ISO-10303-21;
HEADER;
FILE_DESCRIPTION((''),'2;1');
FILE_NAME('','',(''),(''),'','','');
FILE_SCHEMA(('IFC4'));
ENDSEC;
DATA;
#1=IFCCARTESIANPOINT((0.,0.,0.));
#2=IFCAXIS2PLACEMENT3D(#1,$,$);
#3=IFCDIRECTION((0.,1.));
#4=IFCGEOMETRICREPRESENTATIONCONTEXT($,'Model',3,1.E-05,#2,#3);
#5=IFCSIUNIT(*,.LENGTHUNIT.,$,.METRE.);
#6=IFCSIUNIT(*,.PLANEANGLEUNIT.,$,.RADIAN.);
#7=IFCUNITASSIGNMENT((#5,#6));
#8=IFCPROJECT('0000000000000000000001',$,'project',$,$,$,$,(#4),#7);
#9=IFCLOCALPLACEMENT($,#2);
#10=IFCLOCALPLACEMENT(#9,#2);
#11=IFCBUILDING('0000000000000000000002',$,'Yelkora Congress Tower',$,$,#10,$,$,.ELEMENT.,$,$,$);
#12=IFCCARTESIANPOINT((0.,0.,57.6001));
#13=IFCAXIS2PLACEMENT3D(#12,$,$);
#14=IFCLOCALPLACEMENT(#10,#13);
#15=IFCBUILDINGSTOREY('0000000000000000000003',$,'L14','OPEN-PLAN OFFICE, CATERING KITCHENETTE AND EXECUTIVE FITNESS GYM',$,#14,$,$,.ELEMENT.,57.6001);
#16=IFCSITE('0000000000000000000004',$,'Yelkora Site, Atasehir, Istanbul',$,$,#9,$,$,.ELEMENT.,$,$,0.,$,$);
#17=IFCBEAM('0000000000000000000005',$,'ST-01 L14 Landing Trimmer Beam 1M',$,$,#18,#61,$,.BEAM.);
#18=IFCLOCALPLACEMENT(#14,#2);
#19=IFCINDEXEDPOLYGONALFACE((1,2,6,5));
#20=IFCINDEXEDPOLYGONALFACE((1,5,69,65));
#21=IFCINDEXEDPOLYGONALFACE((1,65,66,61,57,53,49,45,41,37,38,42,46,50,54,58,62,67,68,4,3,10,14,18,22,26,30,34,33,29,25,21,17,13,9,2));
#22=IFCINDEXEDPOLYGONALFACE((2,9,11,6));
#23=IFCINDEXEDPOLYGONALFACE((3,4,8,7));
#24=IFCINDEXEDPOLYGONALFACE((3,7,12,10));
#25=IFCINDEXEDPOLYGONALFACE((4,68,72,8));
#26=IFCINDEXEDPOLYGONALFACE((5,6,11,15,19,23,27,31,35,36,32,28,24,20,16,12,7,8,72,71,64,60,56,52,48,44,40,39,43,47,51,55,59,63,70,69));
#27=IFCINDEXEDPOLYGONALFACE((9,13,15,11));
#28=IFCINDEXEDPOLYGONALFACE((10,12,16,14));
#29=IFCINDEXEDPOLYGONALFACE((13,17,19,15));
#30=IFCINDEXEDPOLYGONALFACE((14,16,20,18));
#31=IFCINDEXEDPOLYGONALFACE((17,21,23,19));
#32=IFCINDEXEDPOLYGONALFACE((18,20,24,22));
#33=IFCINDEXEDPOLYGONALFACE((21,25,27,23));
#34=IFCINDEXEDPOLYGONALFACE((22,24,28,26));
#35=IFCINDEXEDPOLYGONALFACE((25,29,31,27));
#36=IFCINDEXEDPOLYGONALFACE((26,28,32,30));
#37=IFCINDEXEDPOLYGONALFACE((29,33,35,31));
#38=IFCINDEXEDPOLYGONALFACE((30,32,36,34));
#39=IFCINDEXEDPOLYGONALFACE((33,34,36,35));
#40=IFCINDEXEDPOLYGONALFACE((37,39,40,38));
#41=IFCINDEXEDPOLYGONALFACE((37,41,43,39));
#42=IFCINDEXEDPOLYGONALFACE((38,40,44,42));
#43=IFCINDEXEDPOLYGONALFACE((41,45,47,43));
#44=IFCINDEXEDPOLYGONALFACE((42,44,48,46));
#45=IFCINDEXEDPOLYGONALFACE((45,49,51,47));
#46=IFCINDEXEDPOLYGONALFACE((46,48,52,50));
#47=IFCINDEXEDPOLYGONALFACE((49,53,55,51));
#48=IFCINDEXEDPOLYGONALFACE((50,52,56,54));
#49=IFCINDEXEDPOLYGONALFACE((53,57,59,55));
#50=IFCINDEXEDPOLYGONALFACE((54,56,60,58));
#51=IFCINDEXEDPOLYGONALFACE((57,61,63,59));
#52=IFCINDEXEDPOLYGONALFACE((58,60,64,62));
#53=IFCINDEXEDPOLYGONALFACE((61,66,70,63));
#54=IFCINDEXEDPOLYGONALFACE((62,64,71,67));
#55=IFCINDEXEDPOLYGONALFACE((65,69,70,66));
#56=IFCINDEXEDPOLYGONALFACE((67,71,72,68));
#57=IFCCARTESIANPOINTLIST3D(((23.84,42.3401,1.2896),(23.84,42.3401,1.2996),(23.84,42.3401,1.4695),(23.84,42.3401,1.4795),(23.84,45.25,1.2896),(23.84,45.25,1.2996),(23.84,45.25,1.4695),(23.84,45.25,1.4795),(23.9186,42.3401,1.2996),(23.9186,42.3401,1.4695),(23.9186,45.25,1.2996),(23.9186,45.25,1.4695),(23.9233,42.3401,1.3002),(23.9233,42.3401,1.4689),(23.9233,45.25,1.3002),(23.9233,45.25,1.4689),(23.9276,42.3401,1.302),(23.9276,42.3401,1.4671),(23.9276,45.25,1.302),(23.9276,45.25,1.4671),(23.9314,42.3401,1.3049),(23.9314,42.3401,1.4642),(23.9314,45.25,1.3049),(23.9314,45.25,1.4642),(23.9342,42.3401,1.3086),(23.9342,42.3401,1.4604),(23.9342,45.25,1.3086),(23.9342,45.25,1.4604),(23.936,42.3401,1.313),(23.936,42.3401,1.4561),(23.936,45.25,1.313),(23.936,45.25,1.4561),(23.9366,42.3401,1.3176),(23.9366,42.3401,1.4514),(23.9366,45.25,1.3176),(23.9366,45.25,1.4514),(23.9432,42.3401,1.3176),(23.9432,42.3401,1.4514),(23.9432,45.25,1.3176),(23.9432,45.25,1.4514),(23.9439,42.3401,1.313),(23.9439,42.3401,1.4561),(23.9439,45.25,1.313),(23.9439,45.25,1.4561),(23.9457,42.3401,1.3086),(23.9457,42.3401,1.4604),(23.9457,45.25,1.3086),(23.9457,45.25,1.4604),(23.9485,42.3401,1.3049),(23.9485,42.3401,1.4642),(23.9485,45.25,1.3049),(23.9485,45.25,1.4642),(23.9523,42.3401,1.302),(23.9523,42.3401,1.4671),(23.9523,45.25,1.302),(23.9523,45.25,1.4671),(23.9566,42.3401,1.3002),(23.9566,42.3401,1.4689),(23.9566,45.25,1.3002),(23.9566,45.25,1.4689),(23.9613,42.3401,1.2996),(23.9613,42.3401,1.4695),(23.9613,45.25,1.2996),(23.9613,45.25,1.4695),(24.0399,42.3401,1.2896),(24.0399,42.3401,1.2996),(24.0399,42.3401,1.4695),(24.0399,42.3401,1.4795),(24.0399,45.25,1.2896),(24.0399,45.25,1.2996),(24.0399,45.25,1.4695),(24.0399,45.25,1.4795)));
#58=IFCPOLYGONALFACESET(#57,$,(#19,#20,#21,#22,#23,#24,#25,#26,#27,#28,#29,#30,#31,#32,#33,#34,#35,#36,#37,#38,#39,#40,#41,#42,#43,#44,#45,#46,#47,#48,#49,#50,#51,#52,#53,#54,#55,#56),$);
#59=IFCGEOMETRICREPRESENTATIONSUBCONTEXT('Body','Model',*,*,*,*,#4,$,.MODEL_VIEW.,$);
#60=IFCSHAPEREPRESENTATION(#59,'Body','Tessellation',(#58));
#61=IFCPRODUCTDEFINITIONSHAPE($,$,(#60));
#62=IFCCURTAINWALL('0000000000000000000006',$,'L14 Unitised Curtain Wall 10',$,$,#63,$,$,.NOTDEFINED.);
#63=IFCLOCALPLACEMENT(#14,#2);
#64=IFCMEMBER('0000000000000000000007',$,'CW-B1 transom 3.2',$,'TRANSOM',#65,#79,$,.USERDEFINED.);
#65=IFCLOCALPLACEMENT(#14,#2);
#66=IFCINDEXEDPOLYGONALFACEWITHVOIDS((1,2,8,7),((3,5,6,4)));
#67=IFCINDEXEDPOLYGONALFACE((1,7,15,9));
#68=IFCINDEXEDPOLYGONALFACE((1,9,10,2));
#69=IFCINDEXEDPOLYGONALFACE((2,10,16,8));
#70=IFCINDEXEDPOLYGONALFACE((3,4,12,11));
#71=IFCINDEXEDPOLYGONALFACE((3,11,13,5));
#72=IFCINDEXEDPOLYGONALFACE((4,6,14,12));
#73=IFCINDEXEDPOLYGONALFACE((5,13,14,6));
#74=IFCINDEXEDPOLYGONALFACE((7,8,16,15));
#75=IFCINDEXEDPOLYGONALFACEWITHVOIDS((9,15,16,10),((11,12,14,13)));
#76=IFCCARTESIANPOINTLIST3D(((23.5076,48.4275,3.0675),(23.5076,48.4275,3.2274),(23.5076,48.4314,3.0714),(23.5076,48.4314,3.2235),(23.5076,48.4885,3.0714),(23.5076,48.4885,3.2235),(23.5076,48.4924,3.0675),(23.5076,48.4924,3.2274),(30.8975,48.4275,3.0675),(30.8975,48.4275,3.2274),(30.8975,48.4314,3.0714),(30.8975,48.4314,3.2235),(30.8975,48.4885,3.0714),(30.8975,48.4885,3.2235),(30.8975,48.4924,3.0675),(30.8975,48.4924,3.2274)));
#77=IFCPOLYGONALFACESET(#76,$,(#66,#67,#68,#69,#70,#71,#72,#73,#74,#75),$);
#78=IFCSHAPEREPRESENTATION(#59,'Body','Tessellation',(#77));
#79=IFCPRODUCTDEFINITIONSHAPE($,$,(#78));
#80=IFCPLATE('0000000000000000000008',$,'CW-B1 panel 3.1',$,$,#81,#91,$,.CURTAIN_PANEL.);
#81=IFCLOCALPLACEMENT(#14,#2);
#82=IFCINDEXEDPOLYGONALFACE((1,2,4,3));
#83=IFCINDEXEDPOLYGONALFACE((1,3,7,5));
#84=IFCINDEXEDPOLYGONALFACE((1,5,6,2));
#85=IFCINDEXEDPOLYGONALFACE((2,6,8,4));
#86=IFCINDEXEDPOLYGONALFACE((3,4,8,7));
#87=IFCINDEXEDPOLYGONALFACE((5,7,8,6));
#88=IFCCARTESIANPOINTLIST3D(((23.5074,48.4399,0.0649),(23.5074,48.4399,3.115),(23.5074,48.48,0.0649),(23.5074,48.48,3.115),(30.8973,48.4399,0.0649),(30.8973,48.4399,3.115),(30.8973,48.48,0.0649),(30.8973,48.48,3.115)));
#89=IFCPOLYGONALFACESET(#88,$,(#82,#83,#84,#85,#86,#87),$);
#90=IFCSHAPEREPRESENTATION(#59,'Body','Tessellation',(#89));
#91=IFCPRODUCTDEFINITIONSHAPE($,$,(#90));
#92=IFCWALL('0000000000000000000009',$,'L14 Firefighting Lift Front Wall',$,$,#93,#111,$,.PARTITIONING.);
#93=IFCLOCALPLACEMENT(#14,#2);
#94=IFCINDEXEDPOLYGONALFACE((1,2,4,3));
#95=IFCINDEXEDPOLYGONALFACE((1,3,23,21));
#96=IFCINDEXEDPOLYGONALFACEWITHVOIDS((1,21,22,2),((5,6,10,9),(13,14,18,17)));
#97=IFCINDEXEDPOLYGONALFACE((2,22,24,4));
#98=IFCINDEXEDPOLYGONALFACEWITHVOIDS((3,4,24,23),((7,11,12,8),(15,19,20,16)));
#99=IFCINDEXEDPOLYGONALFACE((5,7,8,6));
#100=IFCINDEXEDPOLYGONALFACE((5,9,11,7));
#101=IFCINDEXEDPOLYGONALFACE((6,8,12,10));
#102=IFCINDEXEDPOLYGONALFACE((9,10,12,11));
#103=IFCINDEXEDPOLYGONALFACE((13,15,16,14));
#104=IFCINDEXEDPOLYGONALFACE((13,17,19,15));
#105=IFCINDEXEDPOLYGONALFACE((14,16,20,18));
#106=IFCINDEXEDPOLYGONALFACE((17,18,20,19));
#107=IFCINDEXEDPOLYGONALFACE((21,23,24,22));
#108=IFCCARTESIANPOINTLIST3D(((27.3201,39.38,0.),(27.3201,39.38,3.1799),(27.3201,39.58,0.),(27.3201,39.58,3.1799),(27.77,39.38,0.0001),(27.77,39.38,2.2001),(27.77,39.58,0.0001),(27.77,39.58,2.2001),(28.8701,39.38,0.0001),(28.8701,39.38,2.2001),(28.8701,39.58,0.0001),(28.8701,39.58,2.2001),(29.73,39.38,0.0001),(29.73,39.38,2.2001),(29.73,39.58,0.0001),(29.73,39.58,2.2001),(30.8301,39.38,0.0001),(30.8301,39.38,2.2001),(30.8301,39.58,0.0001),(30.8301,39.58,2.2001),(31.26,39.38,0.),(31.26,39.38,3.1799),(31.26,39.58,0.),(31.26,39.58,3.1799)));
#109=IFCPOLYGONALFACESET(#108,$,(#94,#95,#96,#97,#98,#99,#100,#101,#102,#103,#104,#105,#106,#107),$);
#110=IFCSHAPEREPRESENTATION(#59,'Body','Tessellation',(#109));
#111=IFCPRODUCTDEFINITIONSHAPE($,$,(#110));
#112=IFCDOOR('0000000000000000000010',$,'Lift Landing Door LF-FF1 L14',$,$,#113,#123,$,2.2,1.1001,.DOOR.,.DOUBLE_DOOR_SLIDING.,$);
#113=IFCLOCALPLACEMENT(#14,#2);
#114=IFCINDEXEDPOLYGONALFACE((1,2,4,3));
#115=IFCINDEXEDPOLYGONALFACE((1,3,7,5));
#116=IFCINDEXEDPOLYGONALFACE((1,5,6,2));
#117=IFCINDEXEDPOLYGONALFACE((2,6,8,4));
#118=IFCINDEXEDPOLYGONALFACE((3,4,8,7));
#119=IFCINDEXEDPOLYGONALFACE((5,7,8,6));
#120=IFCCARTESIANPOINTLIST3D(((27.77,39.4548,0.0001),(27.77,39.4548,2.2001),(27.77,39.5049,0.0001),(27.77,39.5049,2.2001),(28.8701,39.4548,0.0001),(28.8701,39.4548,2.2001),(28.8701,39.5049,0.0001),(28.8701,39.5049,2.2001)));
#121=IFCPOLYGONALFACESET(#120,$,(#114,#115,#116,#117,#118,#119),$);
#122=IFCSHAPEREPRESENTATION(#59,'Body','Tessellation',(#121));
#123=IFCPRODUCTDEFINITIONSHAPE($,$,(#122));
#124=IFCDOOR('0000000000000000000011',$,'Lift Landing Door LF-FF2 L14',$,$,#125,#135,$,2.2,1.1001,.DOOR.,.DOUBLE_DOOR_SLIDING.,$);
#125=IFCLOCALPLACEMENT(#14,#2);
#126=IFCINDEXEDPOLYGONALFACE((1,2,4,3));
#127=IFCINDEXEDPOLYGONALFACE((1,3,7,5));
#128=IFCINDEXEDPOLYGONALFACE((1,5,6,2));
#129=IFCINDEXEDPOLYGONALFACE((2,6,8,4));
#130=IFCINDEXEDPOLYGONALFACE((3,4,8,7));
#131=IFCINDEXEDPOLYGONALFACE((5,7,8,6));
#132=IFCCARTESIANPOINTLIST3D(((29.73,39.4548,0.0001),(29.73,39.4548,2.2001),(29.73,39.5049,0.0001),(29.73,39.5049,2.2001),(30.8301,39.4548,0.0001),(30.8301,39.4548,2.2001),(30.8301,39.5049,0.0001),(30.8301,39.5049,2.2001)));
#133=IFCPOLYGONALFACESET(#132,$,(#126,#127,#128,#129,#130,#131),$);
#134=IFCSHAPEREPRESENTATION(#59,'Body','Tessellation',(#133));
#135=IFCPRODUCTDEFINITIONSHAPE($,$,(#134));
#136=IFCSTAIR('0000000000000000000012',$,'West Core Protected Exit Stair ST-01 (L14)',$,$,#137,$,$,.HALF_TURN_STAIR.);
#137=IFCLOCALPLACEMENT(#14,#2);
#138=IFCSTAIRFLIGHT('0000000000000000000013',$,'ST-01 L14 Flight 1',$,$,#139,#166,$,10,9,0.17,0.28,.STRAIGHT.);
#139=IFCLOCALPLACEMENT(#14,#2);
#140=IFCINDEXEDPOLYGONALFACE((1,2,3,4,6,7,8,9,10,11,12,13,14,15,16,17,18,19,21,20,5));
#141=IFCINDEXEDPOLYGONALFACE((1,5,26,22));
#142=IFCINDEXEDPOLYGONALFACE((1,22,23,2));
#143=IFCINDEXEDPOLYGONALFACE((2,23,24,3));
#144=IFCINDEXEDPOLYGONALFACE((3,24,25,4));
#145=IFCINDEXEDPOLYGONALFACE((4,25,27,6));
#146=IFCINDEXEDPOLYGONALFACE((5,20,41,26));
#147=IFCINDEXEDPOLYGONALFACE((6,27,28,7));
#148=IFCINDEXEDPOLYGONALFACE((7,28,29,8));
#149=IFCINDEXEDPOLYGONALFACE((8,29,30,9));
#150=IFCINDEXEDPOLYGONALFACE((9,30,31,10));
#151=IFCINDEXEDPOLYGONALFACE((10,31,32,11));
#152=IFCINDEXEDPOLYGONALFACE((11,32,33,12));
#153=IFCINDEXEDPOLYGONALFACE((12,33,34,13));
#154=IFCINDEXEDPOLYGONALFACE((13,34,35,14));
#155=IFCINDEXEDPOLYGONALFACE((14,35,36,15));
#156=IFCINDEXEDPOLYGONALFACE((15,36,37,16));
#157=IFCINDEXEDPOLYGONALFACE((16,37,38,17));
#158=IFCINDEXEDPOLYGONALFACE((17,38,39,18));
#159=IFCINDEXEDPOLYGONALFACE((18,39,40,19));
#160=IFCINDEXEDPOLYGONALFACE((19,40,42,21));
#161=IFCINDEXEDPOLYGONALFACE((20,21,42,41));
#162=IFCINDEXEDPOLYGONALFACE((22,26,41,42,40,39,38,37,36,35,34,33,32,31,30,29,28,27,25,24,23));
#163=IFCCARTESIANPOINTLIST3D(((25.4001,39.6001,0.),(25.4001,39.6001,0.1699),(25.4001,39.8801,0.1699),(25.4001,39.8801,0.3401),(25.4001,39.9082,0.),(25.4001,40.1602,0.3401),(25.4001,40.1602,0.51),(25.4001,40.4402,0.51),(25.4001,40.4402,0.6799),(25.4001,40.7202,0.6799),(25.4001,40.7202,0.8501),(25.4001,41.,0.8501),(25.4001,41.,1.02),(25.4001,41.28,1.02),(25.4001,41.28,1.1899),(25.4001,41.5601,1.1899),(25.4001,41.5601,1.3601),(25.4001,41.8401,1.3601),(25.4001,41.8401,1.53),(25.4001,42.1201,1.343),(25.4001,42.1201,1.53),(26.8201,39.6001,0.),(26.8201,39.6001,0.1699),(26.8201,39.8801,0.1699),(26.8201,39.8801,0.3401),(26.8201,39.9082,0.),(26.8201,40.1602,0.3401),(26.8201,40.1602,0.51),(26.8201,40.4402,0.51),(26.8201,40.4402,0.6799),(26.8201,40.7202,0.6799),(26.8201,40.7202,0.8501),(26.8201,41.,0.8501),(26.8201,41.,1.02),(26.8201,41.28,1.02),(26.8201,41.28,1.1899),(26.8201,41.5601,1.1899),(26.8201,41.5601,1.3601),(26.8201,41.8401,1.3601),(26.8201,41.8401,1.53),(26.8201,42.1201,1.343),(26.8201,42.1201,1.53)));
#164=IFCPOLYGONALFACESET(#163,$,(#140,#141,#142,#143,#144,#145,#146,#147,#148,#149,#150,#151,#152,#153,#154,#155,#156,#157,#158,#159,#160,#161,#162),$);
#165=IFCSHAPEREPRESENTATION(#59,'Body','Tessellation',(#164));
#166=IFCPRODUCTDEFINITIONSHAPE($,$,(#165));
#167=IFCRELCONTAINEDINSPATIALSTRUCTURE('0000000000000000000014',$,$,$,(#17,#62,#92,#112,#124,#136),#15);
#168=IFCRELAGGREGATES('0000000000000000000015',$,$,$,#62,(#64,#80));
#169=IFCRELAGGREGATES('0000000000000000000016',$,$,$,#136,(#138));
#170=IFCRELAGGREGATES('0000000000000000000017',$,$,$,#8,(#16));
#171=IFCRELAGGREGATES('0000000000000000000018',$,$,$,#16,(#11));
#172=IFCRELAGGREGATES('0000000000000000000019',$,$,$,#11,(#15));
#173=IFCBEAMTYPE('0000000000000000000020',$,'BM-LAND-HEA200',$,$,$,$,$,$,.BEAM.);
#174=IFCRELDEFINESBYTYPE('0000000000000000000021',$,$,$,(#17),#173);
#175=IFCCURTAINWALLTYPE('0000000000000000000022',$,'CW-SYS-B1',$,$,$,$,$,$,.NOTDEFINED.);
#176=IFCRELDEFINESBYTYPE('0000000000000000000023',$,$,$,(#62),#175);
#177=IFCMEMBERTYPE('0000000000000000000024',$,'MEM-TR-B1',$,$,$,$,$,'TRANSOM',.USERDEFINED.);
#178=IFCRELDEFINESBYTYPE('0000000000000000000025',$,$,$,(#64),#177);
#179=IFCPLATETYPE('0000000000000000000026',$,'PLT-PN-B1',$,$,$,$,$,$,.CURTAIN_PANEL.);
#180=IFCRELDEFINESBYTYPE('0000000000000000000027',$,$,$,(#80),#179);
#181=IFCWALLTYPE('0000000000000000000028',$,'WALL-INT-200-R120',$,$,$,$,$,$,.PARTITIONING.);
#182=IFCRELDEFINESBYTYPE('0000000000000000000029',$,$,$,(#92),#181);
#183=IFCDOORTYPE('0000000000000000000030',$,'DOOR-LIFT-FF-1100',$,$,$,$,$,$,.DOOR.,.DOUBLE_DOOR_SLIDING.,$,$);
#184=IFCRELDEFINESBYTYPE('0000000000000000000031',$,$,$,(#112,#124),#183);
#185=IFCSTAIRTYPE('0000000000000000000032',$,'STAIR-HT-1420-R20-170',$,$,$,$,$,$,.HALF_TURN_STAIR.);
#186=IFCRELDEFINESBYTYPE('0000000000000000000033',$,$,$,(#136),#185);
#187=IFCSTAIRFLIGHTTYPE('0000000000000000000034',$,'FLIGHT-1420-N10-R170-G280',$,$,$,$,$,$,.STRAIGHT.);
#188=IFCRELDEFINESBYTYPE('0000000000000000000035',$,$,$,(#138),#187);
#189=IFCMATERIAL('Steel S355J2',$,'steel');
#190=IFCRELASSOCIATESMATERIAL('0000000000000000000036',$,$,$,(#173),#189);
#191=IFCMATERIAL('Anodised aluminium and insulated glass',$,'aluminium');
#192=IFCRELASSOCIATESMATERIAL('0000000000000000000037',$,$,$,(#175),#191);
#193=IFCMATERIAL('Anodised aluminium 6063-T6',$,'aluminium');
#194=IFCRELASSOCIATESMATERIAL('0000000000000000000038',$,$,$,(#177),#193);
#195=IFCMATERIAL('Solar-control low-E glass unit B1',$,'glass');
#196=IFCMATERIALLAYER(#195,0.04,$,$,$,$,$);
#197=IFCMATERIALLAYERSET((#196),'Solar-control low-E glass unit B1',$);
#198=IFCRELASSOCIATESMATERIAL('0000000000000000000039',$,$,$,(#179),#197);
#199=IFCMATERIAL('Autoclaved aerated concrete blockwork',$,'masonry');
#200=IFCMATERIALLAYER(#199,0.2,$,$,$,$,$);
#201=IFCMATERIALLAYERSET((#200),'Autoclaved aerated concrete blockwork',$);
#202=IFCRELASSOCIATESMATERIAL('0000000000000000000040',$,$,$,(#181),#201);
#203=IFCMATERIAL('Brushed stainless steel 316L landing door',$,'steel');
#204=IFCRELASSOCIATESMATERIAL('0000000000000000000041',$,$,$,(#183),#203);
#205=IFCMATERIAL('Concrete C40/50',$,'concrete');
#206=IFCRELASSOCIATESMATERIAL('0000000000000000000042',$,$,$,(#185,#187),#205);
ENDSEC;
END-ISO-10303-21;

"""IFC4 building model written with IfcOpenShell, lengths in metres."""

from ifc_helpers import new_model, si_unit, direction, frame, frame_2d, origin, origin_2d, place, context, subcontext, project, spatial, polyline, rectangle, hollow_rectangle, i_section, outline, extrude, material, layer, layer_set, material_profile, profile_set, type_object, element, fill, aggregate, save


model = new_model("IFC4")

# Units and contexts
model_context = context("Model", 3, precision=1e-05, world=origin(), true_north=direction((0.0, 1.0)))
body_context = subcontext(model_context, "Body", "Model", "MODEL_VIEW")
ifc_project = project(units=[si_unit("LENGTHUNIT", "METRE"), si_unit("PLANEANGLEUNIT", "RADIAN")], contexts=[model_context])

# Site, building, storey
site_placement = place(None, origin())
site = spatial("IfcSite", under=ifc_project, at=site_placement, Name="Yelkora Site, Atasehir, Istanbul", CompositionType="ELEMENT", RefElevation=0.0)
building_placement = place(site_placement, origin())
building = spatial("IfcBuilding", under=site, at=building_placement, Name="Yelkora Congress Tower", CompositionType="ELEMENT")
storey_placement = place(building_placement, frame((0.0, 0.0, 57.6001)))
storey = spatial("IfcBuildingStorey", under=building, at=storey_placement, Name="L14", Description="OPEN-PLAN OFFICE, CATERING KITCHENETTE AND EXECUTIVE FITNESS GYM", CompositionType="ELEMENT", Elevation=57.6001)

# Beam
ifc_material_1 = material(Name="Steel S355J2", Category="steel")
ifc_material_profile_1 = material_profile(ifc_material_1, i_section(OverallWidth=0.2, OverallDepth=0.1899, WebThickness=0.0066, FlangeThickness=0.01, FilletRadius=0.0181, at=origin_2d()), Name="HEA 200")
ifc_profile_set_1 = profile_set([ifc_material_profile_1], Name="Steel S355J2")
beam_type = type_object("IfcBeamType", Name="BM-LAND-HEA200", PredefinedType="BEAM", material=ifc_profile_set_1)
beam_placement = place(storey_placement, frame((23.9399, 42.3401, 1.3845), z_axis=(0.0, 1.0, 0.0), x_axis=(-1.0, 0.0, 0.0)))
element("IfcBeam", 1, at=beam_placement, inside=storey, type_object=beam_type, Name="ST-01 L14 Landing Trimmer Beam 1M", PredefinedType="BEAM", context=body_context, shape_type="SweptSolid", body=[
    extrude(i_section(OverallWidth=0.2, OverallDepth=0.1899, WebThickness=0.0066, FlangeThickness=0.01, FilletRadius=0.0181, at=origin_2d()), origin(), (0.0, 0.0, 1.0), 2.9099),
])

# Curtain wall, member, plate
ifc_material_2 = material(Name="Anodised aluminium and insulated glass", Category="aluminium")
curtain_wall_type = type_object("IfcCurtainWallType", Name="CW-SYS-B1", PredefinedType="NOTDEFINED", material=ifc_material_2)
curtain_wall_placement = place(storey_placement, origin())
curtain_wall = element("IfcCurtainWall", 2, at=curtain_wall_placement, inside=storey, type_object=curtain_wall_type, Name="L14 Unitised Curtain Wall 10", PredefinedType="NOTDEFINED")
ifc_material_3 = material(Name="Anodised aluminium 6063-T6", Category="aluminium")
ifc_material_profile_2 = material_profile(ifc_material_3, hollow_rectangle(XDim=0.0649, YDim=0.1599, WallThickness=0.0039, at=origin_2d()), Name="ALU 65x160x4")
ifc_profile_set_2 = profile_set([ifc_material_profile_2], Name="Anodised aluminium 6063-T6")
member_type = type_object("IfcMemberType", Name="MEM-TR-B1", ElementType="TRANSOM", PredefinedType="USERDEFINED", material=ifc_profile_set_2)
member_placement = place(storey_placement, frame((23.5076, 48.46, 3.1475), z_axis=(1.0, 0.0, 0.0), x_axis=(0.0, 1.0, 0.0)))
member = element("IfcMember", 3, at=member_placement, type_object=member_type, Name="CW-B1 transom 3.2", ObjectType="TRANSOM", PredefinedType="USERDEFINED", context=body_context, shape_type="SweptSolid", body=[
    extrude(hollow_rectangle(XDim=0.0649, YDim=0.1599, WallThickness=0.0039, at=origin_2d()), origin(), (0.0, 0.0, 1.0), 7.3899),
])
ifc_material_4 = material(Name="Solar-control low-E glass unit B1", Category="glass")
ifc_layer_1 = layer(ifc_material_4, 0.04)
ifc_layer_set_1 = layer_set([ifc_layer_1], Name="Solar-control low-E glass unit B1")
plate_type = type_object("IfcPlateType", Name="PLT-PN-B1", PredefinedType="CURTAIN_PANEL", material=ifc_layer_set_1)
plate_placement = place(storey_placement, frame((27.2024, 48.46, 0.0649), z_axis=(0.0, 0.0, 1.0), x_axis=(1.0, 0.0, 0.0)))
plate = element("IfcPlate", 4, at=plate_placement, type_object=plate_type, Name="CW-B1 panel 3.1", PredefinedType="CURTAIN_PANEL", context=body_context, shape_type="SweptSolid", body=[
    extrude(rectangle(XDim=7.3899, YDim=0.04, at=origin_2d()), origin(), (0.0, 0.0, 1.0), 3.05),
])
aggregate(curtain_wall, [member, plate])

# Shared definitions
ifc_material_5 = material(Name="Autoclaved aerated concrete blockwork", Category="masonry")
ifc_layer_2 = layer(ifc_material_5, 0.2)
ifc_layer_set_2 = layer_set([ifc_layer_2], Name="Autoclaved aerated concrete blockwork")
wall_type_1 = type_object("IfcWallType", Name="WALL-INT-200-R120", PredefinedType="PARTITIONING", material=ifc_layer_set_2)

# Wall, openings, doors
wall_1_placement = place(storey_placement, frame((27.3201, 39.48, 0.0), z_axis=(0.0, 0.0, 1.0), x_axis=(1.0, 0.0, 0.0)))
wall_1 = element("IfcWall", 5, at=wall_1_placement, inside=storey, type_object=wall_type_1, Name="L14 Firefighting Lift Front Wall", PredefinedType="PARTITIONING", context=body_context, shape_type="SweptSolid", body=[
    extrude(rectangle(XDim=3.9399, YDim=0.2, at=frame_2d((1.97, 0.0))), origin(), (0.0, 0.0, 1.0), 3.1799),
])
opening_1_placement = place(wall_1_placement, frame((0.45, 0.0, 0.0)))
opening_1 = element("IfcOpeningElement", 6, at=opening_1_placement, cuts=wall_1, PredefinedType="OPENING", context=body_context, shape_type="SweptSolid", body=[
    extrude(rectangle(XDim=1.1001, YDim=2.2, at=frame_2d((0.55, 1.1001))), frame((0.0, 0.1099, 0.0), z_axis=(0.0, -1.0, 0.0), x_axis=(1.0, 0.0, 0.0)), (0.0, 0.0, 1.0), 0.22),
])
opening_2_placement = place(wall_1_placement, frame((2.4099, 0.0, 0.0)))
opening_2 = element("IfcOpeningElement", 7, at=opening_2_placement, cuts=wall_1, PredefinedType="OPENING", context=body_context, shape_type="SweptSolid", body=[
    extrude(rectangle(XDim=1.1001, YDim=2.2, at=frame_2d((0.55, 1.1001))), frame((0.0, 0.1099, 0.0), z_axis=(0.0, -1.0, 0.0), x_axis=(1.0, 0.0, 0.0)), (0.0, 0.0, 1.0), 0.22),
])
ifc_material_6 = material(Name="Brushed stainless steel 316L landing door", Category="steel")
door_type_1 = type_object("IfcDoorType", Name="DOOR-LIFT-FF-1100", OperationType="DOUBLE_DOOR_SLIDING", PredefinedType="DOOR", material=ifc_material_6)
door_1_placement = place(opening_1_placement, origin())
door_1 = element("IfcDoor", 8, at=door_1_placement, inside=storey, type_object=door_type_1, Name="Lift Landing Door LF-FF1 L14", OperationType="DOUBLE_DOOR_SLIDING", OverallHeight=2.2, OverallWidth=1.1001, PredefinedType="DOOR", context=body_context, shape_type="SweptSolid", body=[
    extrude(rectangle(XDim=1.1001, YDim=2.2, at=frame_2d((0.55, 1.1001))), frame((0.0, 0.0249, 0.0), z_axis=(0.0, -1.0, 0.0), x_axis=(1.0, 0.0, 0.0)), (0.0, 0.0, 1.0), 0.05),
])
fill(opening_1, door_1)
door_2_placement = place(opening_2_placement, origin())
door_2 = element("IfcDoor", 9, at=door_2_placement, inside=storey, type_object=door_type_1, Name="Lift Landing Door LF-FF2 L14", OperationType="DOUBLE_DOOR_SLIDING", OverallHeight=2.2, OverallWidth=1.1001, PredefinedType="DOOR", context=body_context, shape_type="SweptSolid", body=[
    extrude(rectangle(XDim=1.1001, YDim=2.2, at=frame_2d((0.55, 1.1001))), frame((0.0, 0.0249, 0.0), z_axis=(0.0, -1.0, 0.0), x_axis=(1.0, 0.0, 0.0)), (0.0, 0.0, 1.0), 0.05),
])
fill(opening_2, door_2)

# Stair, stair flight
ifc_material_7 = material(Name="Concrete C40/50", Category="concrete")
stair_type = type_object("IfcStairType", Name="STAIR-HT-1420-R20-170", PredefinedType="HALF_TURN_STAIR", material=ifc_material_7)
stair_placement = place(storey_placement, origin())
stair = element("IfcStair", 10, at=stair_placement, inside=storey, type_object=stair_type, Name="West Core Protected Exit Stair ST-01 (L14)", PredefinedType="HALF_TURN_STAIR")
stair_flight_type = type_object("IfcStairFlightType", Name="FLIGHT-1420-N10-R170-G280", PredefinedType="STRAIGHT", material=ifc_material_7)
stair_flight_1_placement = place(storey_placement, frame((26.1101, 39.6001, 0.0), z_axis=(0.0, 0.0, 1.0), x_axis=(0.0, 1.0, 0.0)))
stair_flight_1 = element("IfcStairFlight", 11, at=stair_flight_1_placement, type_object=stair_flight_type, Name="ST-01 L14 Flight 1", NumberOfRisers=10, NumberOfTreads=9, PredefinedType="STRAIGHT", RiserHeight=0.17, TreadLength=0.28, context=body_context, shape_type="SweptSolid", body=[
    extrude(outline(polyline([(0.0, 0.0), (0.0, 0.1699), (0.28, 0.1699), (0.28, 0.3401), (0.5601, 0.3401), (0.5601, 0.51), (0.8401, 0.51), (0.8401, 0.6799), (1.1201, 0.6799), (1.1201, 0.8501), (1.3999, 0.8501), (1.3999, 1.02), (1.6799, 1.02), (1.6799, 1.1899), (1.96, 1.1899), (1.96, 1.3601), (2.24, 1.3601), (2.24, 1.53), (2.52, 1.53), (2.52, 1.7), (2.52, 1.343), (0.3081, 0.0), (0.0, 0.0)])), frame((0.0, 0.71, 0.0), z_axis=(0.0, -1.0, 0.0), x_axis=(1.0, 0.0, 0.0)), (0.0, 0.0, 1.0), 1.4199),
])
aggregate(stair, [stair_flight_1])

save(model, "model.ifc")
